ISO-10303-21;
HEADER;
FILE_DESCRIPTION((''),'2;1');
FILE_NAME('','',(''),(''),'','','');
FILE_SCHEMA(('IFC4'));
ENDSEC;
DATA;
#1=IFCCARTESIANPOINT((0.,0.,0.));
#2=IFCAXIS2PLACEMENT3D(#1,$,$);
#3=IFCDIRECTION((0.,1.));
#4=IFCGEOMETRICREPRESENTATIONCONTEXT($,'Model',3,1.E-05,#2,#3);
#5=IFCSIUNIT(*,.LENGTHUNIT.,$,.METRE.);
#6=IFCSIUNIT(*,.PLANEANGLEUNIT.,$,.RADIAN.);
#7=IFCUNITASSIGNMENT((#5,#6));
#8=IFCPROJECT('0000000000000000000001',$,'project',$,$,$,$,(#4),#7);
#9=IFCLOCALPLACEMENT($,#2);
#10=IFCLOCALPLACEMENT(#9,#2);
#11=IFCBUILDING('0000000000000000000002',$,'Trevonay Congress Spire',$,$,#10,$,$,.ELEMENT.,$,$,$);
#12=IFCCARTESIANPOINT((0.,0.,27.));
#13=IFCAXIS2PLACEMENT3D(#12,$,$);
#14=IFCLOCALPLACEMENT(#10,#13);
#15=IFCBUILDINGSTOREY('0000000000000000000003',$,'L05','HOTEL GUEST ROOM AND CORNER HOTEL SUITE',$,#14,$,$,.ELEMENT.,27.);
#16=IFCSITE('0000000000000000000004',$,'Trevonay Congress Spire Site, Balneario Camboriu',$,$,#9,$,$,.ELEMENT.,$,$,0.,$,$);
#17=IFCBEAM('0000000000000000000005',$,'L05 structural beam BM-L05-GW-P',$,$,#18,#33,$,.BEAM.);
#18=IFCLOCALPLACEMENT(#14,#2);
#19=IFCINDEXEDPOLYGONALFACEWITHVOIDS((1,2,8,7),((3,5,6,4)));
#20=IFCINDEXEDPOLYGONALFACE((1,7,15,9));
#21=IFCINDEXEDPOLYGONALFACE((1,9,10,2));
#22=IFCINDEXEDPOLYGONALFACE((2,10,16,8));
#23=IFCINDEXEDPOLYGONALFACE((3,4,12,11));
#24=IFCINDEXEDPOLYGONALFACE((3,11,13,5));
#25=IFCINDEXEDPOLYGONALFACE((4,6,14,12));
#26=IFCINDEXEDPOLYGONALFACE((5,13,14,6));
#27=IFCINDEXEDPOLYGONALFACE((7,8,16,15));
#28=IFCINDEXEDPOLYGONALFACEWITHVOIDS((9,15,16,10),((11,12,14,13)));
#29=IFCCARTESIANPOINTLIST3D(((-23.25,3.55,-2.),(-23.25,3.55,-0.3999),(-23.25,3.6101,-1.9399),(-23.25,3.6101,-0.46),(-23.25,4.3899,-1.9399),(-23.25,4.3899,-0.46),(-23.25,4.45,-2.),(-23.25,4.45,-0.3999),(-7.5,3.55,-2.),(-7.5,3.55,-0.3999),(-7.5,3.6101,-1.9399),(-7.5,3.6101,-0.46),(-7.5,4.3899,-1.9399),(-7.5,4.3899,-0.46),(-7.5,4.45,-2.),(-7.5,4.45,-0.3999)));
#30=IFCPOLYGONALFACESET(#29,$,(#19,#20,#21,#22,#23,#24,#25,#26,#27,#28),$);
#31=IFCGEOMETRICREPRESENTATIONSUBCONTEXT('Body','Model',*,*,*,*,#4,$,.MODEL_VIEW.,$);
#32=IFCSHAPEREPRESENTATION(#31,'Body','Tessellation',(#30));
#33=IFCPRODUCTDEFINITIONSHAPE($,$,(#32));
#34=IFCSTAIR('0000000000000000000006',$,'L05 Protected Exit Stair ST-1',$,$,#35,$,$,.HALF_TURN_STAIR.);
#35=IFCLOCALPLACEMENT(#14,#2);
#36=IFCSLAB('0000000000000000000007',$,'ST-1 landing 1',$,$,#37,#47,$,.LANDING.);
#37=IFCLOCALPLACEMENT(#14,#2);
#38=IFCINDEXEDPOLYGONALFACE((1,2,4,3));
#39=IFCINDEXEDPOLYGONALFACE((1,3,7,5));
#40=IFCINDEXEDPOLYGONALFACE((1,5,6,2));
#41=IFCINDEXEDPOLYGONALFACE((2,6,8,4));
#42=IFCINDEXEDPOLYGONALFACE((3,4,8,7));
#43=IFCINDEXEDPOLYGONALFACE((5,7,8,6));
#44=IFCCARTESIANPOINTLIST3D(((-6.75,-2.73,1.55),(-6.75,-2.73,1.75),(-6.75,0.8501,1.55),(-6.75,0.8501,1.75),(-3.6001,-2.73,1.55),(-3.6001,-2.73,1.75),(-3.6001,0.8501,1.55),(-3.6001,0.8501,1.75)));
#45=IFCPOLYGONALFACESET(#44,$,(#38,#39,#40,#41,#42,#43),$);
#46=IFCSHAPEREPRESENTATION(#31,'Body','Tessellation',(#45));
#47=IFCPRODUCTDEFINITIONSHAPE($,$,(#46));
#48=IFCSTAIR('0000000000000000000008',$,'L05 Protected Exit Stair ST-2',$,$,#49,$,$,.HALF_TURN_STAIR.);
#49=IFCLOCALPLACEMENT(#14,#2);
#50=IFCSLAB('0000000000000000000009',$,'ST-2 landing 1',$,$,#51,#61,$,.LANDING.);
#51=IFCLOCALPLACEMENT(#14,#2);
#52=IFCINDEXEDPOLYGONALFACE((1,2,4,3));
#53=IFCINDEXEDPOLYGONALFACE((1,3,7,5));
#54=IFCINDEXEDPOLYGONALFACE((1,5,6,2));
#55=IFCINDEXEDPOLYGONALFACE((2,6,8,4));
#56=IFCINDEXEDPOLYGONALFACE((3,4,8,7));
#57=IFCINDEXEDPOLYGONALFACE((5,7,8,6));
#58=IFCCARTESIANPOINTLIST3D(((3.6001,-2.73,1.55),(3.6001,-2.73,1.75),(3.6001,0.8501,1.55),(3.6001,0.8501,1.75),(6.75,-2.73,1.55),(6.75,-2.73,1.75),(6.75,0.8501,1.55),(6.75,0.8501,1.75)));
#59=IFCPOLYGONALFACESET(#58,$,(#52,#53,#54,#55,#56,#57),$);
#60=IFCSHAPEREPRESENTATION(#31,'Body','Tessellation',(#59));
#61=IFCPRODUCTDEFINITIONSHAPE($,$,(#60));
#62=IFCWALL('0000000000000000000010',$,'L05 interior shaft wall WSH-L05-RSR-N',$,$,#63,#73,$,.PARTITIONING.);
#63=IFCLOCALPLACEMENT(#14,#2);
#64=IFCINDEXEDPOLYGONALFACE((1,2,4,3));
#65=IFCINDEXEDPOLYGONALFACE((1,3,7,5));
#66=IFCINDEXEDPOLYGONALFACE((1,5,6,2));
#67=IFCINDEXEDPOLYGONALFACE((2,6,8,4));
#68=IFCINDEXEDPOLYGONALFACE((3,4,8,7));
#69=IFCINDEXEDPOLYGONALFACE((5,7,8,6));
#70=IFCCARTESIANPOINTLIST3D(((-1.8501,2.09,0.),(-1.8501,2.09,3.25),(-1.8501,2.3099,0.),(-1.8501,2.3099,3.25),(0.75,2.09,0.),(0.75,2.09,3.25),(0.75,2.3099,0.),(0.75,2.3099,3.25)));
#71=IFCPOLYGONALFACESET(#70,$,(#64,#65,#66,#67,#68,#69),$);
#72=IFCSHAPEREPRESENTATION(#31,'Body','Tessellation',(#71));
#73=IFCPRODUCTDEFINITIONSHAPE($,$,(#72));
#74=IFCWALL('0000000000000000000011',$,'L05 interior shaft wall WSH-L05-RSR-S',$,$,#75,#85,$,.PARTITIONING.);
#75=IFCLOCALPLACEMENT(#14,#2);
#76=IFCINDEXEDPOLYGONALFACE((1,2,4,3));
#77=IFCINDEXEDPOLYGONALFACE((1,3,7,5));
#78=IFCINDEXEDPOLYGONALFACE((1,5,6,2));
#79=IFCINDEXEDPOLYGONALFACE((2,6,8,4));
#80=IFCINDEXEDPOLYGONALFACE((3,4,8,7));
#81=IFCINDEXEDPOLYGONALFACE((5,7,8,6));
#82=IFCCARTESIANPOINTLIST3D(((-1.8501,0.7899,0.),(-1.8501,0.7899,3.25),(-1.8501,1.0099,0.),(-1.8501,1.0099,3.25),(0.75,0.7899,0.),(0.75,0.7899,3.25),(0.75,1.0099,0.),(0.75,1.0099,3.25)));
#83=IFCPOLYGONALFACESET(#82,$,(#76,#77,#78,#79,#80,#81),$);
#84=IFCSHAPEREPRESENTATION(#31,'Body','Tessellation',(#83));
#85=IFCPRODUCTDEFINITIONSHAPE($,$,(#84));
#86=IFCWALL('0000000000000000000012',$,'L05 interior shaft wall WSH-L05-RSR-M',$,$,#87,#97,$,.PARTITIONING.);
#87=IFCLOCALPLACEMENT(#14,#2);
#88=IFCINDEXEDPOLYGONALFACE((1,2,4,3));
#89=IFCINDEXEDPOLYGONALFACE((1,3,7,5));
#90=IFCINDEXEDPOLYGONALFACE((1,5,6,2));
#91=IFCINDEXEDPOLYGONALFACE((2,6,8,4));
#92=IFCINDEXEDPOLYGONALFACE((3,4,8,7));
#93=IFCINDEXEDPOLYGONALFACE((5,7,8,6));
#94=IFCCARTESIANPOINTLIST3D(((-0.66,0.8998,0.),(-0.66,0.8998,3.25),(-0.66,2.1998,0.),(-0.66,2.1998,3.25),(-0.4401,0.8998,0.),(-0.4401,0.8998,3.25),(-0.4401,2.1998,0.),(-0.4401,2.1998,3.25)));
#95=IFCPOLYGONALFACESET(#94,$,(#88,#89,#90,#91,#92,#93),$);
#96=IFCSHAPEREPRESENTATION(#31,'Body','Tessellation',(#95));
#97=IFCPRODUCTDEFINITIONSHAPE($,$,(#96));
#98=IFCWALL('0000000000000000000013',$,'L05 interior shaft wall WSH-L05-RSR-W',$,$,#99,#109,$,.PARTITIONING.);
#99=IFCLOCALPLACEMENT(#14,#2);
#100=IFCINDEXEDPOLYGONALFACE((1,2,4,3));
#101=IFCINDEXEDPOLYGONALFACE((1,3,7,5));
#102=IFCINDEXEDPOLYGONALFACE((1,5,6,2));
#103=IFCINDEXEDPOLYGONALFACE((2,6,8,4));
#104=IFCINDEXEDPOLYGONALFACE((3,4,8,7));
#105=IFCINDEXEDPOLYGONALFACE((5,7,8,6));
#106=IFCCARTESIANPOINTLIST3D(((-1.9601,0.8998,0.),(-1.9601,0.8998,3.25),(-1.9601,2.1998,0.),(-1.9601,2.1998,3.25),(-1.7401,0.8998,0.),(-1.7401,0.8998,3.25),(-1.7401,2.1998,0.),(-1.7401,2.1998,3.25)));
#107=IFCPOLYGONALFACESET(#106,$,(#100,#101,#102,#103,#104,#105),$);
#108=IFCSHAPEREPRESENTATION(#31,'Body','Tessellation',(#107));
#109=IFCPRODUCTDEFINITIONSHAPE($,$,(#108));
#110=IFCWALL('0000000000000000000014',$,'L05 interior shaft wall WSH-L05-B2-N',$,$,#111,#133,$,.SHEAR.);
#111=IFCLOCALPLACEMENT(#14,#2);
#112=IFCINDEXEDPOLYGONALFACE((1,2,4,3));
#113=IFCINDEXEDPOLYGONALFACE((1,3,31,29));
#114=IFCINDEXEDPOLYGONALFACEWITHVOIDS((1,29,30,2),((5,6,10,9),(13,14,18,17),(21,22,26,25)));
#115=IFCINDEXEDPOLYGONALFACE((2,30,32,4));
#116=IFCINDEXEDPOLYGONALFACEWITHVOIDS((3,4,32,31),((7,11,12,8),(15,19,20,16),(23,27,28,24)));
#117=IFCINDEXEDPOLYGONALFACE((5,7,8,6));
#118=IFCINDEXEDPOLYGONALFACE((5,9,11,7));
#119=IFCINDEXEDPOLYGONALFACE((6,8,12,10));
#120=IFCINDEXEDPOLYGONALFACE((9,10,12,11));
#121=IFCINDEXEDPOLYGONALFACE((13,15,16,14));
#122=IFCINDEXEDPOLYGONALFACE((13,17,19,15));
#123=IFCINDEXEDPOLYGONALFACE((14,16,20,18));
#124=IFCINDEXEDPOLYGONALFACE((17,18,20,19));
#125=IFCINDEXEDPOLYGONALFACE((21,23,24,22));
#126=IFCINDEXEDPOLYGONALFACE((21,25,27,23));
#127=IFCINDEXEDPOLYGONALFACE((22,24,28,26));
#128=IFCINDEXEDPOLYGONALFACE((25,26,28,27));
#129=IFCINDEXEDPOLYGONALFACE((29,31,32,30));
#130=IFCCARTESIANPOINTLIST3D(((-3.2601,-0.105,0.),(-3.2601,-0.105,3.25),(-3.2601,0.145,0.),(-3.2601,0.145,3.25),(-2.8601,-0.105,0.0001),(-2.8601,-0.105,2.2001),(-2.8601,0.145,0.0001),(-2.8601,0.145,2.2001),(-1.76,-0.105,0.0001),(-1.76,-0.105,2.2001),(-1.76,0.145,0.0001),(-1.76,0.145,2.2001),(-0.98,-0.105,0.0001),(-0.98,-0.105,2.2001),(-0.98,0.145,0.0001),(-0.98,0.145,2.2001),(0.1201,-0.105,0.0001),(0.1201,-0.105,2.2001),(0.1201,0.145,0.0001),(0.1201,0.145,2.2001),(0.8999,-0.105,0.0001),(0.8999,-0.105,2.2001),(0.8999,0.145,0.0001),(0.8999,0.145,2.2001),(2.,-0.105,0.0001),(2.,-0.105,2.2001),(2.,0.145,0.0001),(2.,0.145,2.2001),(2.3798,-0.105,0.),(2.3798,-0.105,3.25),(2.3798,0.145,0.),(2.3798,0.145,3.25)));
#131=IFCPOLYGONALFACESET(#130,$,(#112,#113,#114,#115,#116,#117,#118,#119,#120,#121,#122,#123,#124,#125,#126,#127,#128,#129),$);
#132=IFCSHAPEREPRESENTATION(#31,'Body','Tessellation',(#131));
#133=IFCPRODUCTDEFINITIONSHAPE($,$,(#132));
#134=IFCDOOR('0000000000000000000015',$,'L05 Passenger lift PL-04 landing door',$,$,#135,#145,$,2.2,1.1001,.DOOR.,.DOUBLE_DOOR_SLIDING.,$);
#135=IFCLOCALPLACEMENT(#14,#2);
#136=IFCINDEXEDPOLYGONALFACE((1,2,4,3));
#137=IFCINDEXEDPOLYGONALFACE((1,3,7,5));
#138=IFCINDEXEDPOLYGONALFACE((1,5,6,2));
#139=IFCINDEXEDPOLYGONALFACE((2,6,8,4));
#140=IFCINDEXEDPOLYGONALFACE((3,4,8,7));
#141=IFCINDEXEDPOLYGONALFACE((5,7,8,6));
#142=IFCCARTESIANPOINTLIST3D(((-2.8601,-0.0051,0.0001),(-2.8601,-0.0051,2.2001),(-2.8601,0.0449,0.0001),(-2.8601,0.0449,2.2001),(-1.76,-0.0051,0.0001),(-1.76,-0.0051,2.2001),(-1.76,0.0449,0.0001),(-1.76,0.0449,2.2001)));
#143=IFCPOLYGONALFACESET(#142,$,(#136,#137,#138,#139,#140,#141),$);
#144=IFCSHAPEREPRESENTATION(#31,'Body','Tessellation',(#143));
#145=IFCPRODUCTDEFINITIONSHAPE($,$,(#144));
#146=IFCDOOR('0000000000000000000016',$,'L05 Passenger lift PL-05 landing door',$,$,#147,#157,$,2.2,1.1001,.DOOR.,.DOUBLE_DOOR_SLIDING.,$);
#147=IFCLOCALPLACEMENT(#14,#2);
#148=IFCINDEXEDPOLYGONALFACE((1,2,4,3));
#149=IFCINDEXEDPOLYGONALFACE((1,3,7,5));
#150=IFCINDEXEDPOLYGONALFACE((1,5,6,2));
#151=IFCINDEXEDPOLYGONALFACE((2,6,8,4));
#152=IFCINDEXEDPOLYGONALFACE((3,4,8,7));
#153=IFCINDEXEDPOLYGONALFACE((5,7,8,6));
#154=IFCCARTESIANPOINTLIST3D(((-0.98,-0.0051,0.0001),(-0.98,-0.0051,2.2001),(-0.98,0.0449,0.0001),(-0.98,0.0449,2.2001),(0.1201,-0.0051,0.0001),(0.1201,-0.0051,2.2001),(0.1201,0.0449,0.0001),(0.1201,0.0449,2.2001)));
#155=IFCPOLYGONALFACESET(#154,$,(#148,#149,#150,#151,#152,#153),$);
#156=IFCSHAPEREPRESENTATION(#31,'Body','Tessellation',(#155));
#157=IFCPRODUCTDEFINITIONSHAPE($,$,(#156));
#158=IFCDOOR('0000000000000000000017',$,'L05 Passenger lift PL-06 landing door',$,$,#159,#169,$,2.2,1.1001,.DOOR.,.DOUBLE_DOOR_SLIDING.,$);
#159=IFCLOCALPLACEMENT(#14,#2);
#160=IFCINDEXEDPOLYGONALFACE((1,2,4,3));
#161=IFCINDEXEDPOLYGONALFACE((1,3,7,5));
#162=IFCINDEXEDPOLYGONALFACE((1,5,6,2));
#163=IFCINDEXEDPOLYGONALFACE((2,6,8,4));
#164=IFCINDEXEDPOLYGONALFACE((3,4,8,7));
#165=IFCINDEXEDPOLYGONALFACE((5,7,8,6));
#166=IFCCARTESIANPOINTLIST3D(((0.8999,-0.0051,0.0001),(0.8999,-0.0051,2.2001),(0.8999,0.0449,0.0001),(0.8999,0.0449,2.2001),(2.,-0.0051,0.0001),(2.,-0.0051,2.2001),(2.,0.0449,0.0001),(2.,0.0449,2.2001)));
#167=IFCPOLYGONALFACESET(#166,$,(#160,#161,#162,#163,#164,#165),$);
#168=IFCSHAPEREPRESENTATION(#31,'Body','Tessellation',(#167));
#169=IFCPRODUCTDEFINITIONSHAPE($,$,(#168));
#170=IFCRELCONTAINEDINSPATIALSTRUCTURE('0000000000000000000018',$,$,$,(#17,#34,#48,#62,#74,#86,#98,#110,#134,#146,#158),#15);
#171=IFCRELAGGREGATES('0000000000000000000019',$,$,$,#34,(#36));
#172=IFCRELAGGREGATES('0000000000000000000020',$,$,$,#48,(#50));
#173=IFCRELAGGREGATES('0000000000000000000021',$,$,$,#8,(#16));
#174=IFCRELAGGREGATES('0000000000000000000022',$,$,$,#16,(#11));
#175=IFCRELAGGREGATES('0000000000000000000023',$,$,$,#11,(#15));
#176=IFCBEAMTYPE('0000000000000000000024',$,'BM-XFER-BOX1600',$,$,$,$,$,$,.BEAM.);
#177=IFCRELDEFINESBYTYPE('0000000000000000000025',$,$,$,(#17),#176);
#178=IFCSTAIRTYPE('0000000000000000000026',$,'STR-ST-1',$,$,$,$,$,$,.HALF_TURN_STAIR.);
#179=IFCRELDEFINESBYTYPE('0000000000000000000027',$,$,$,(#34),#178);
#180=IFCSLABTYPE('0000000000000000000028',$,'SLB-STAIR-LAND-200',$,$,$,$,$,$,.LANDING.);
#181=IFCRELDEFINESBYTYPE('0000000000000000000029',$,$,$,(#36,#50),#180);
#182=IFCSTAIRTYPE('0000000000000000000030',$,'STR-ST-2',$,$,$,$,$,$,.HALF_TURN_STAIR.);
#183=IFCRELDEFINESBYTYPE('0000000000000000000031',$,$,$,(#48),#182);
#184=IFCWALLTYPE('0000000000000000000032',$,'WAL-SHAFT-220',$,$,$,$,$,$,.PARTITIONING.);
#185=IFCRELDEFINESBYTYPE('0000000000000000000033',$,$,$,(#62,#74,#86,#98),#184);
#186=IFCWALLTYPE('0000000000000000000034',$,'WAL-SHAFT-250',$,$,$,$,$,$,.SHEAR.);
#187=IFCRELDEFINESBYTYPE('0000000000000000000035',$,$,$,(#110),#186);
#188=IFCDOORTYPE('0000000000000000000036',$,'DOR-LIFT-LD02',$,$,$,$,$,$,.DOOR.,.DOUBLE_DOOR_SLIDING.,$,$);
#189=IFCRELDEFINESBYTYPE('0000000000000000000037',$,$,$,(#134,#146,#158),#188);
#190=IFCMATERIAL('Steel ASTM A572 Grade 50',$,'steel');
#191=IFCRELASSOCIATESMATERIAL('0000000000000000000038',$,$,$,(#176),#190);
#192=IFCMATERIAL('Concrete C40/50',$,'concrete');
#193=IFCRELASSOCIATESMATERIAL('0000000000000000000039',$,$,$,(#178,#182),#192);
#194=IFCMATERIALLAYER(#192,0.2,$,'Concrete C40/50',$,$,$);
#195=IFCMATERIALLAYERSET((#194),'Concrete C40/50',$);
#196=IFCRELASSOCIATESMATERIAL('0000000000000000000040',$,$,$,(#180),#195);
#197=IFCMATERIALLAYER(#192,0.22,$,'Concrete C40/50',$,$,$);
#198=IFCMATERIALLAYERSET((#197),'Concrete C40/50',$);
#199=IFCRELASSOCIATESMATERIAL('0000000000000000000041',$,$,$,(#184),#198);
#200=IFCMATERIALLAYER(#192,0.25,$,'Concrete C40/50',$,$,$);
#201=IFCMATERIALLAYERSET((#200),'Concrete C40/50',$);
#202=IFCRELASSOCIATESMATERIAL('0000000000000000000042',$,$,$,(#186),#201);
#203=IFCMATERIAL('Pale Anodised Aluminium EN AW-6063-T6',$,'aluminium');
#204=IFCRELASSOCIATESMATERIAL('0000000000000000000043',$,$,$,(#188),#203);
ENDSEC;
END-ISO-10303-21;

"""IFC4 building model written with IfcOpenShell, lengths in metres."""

from ifc_helpers import new_model, si_unit, direction, frame, frame_2d, origin, origin_2d, place, context, subcontext, project, spatial, polyline, rectangle, hollow_rectangle, outline, extrude, material, layer, layer_set, material_profile, profile_set, type_object, element, fill, aggregate, save


model = new_model("IFC4")

# Units and contexts
model_context = context("Model", 3, precision=1e-05, world=origin(), true_north=direction((0.0, 1.0)))
body_context = subcontext(model_context, "Body", "Model", "MODEL_VIEW")
ifc_project = project(units=[si_unit("LENGTHUNIT", "METRE"), si_unit("PLANEANGLEUNIT", "RADIAN")], contexts=[model_context])

# Site, building, storey
site_placement = place(None, origin())
site = spatial("IfcSite", under=ifc_project, at=site_placement, Name="Trevonay Congress Spire Site, Balneario Camboriu", CompositionType="ELEMENT", RefElevation=0.0)
building_placement = place(site_placement, origin())
building = spatial("IfcBuilding", under=site, at=building_placement, Name="Trevonay Congress Spire", CompositionType="ELEMENT")
storey_placement = place(building_placement, frame((0.0, 0.0, 27.0)))
storey = spatial("IfcBuildingStorey", under=building, at=storey_placement, Name="L05", Description="HOTEL GUEST ROOM AND CORNER HOTEL SUITE", CompositionType="ELEMENT", Elevation=27.0)

# Beam
ifc_material_1 = material(Name="Steel ASTM A572 Grade 50", Category="steel")
ifc_material_profile = material_profile(ifc_material_1, hollow_rectangle(XDim=0.8999, YDim=1.6001, WallThickness=0.0601, at=origin_2d()), Name="BOX 1600x900x60")
ifc_profile_set = profile_set([ifc_material_profile], Name="Steel ASTM A572 Grade 50")
beam_type = type_object("IfcBeamType", Name="BM-XFER-BOX1600", PredefinedType="BEAM", material=ifc_profile_set)
beam_placement = place(storey_placement, frame((-7.5, 4.0, -1.2), z_axis=(-1.0, 0.0, 0.0), x_axis=(0.0, -1.0, 0.0)))
element("IfcBeam", 1, at=beam_placement, inside=storey, type_object=beam_type, Name="L05 structural beam BM-L05-GW-P", PredefinedType="BEAM", context=body_context, shape_type="SweptSolid", body=[
    extrude(hollow_rectangle(XDim=0.8999, YDim=1.6001, WallThickness=0.0601, at=origin_2d()), origin(), (0.0, 0.0, 1.0), 15.75),
])

# Stairs, slabs
ifc_material_2 = material(Name="Concrete C40/50", Category="concrete")
stair_type_1 = type_object("IfcStairType", Name="STR-ST-1", PredefinedType="HALF_TURN_STAIR", material=ifc_material_2)
stair_1_placement = place(storey_placement, origin())
stair_1 = element("IfcStair", 2, at=stair_1_placement, inside=storey, type_object=stair_type_1, Name="L05 Protected Exit Stair ST-1", PredefinedType="HALF_TURN_STAIR")
ifc_layer_1 = layer(ifc_material_2, 0.2, Name="Concrete C40/50")
ifc_layer_set_1 = layer_set([ifc_layer_1], Name="Concrete C40/50")
slab_type = type_object("IfcSlabType", Name="SLB-STAIR-LAND-200", PredefinedType="LANDING", material=ifc_layer_set_1)
slab_1_placement = place(storey_placement, frame((0.0, 0.0, 1.55)))
slab_1 = element("IfcSlab", 3, at=slab_1_placement, type_object=slab_type, Name="ST-1 landing 1", PredefinedType="LANDING", context=body_context, shape_type="SweptSolid", body=[
    extrude(outline(polyline([(-3.6001, -2.73), (-3.6001, 0.8501), (-6.75, 0.8501), (-6.75, -2.73), (-3.6001, -2.73)])), origin(), (0.0, 0.0, 1.0), 0.2),
])
aggregate(stair_1, [slab_1])
stair_type_2 = type_object("IfcStairType", Name="STR-ST-2", PredefinedType="HALF_TURN_STAIR", material=ifc_material_2)
stair_2_placement = place(storey_placement, origin())
stair_2 = element("IfcStair", 4, at=stair_2_placement, inside=storey, type_object=stair_type_2, Name="L05 Protected Exit Stair ST-2", PredefinedType="HALF_TURN_STAIR")
slab_2_placement = place(storey_placement, frame((0.0, 0.0, 1.55)))
slab_2 = element("IfcSlab", 5, at=slab_2_placement, type_object=slab_type, Name="ST-2 landing 1", PredefinedType="LANDING", context=body_context, shape_type="SweptSolid", body=[
    extrude(outline(polyline([(6.75, -2.73), (6.75, 0.8501), (3.6001, 0.8501), (3.6001, -2.73), (6.75, -2.73)])), origin(), (0.0, 0.0, 1.0), 0.2),
])
aggregate(stair_2, [slab_2])

# Walls
ifc_layer_2 = layer(ifc_material_2, 0.22, Name="Concrete C40/50")
ifc_layer_set_2 = layer_set([ifc_layer_2], Name="Concrete C40/50")
wall_type_1 = type_object("IfcWallType", Name="WAL-SHAFT-220", PredefinedType="PARTITIONING", material=ifc_layer_set_2)
for number, where, z_axis, x_axis, name in (
    (6, (-1.8501, 2.2, 0.0), (0.0, 0.0, 1.0), (1.0, 0.0, 0.0), "L05 interior shaft wall WSH-L05-RSR-N"),
    (7, (-1.8501, 0.8999, 0.0), (0.0, 0.0, 1.0), (1.0, 0.0, 0.0), "L05 interior shaft wall WSH-L05-RSR-S"),
):
    element("IfcWall", number, at=place(storey_placement, frame(where, z_axis=z_axis, x_axis=x_axis)), inside=storey, type_object=wall_type_1, Name=name, PredefinedType="PARTITIONING", context=body_context, shape_type="SweptSolid", body=[
        extrude(rectangle(XDim=2.6001, YDim=0.22, at=frame_2d((1.3, 0.0))), origin(), (0.0, 0.0, 1.0), 3.25),
    ])
for number, where, z_axis, x_axis, name in (
    (8, (-0.55, 0.8999, 0.0), (0.0, 0.0, 1.0), (0.0, 1.0, 0.0), "L05 interior shaft wall WSH-L05-RSR-M"),
    (9, (-1.8501, 0.8999, 0.0), (0.0, 0.0, 1.0), (0.0, 1.0, 0.0), "L05 interior shaft wall WSH-L05-RSR-W"),
):
    element("IfcWall", number, at=place(storey_placement, frame(where, z_axis=z_axis, x_axis=x_axis)), inside=storey, type_object=wall_type_1, Name=name, PredefinedType="PARTITIONING", context=body_context, shape_type="SweptSolid", body=[
        extrude(rectangle(XDim=1.3, YDim=0.22, at=frame_2d((0.6499, 0.0))), origin(), (0.0, 0.0, 1.0), 3.25),
    ])

# Wall, openings, doors
ifc_layer_3 = layer(ifc_material_2, 0.25, Name="Concrete C40/50")
ifc_layer_set_3 = layer_set([ifc_layer_3], Name="Concrete C40/50")
wall_type_2 = type_object("IfcWallType", Name="WAL-SHAFT-250", PredefinedType="SHEAR", material=ifc_layer_set_3)
wall_1_placement = place(storey_placement, frame((-3.26, 0.02, 0.0), z_axis=(0.0, 0.0, 1.0), x_axis=(1.0, 0.0, 0.0)))
wall_1 = element("IfcWall", 10, at=wall_1_placement, inside=storey, type_object=wall_type_2, Name="L05 interior shaft wall WSH-L05-B2-N", PredefinedType="SHEAR", context=body_context, shape_type="SweptSolid", body=[
    extrude(rectangle(XDim=5.6399, YDim=0.25, at=frame_2d((2.8198, 0.0))), origin(), (0.0, 0.0, 1.0), 3.25),
])
opening_1_placement = place(wall_1_placement, frame((0.3999, 0.0, 0.0)))
opening_1 = element("IfcOpeningElement", 11, at=opening_1_placement, cuts=wall_1, PredefinedType="OPENING", context=body_context, shape_type="SweptSolid", body=[
    extrude(rectangle(XDim=1.1001, YDim=2.2, at=frame_2d((0.55, 1.1001))), frame((0.0, 0.135, 0.0), z_axis=(0.0, -1.0, 0.0), x_axis=(1.0, 0.0, 0.0)), (0.0, 0.0, 1.0), 0.27),
])
opening_2_placement = place(wall_1_placement, frame((2.28, 0.0, 0.0)))
opening_2 = element("IfcOpeningElement", 12, at=opening_2_placement, cuts=wall_1, PredefinedType="OPENING", context=body_context, shape_type="SweptSolid", body=[
    extrude(rectangle(XDim=1.1001, YDim=2.2, at=frame_2d((0.55, 1.1001))), frame((0.0, 0.135, 0.0), z_axis=(0.0, -1.0, 0.0), x_axis=(1.0, 0.0, 0.0)), (0.0, 0.0, 1.0), 0.27),
])
opening_3_placement = place(wall_1_placement, frame((4.1599, 0.0, 0.0)))
opening_3 = element("IfcOpeningElement", 13, at=opening_3_placement, cuts=wall_1, PredefinedType="OPENING", context=body_context, shape_type="SweptSolid", body=[
    extrude(rectangle(XDim=1.1001, YDim=2.2, at=frame_2d((0.55, 1.1001))), frame((0.0, 0.135, 0.0), z_axis=(0.0, -1.0, 0.0), x_axis=(1.0, 0.0, 0.0)), (0.0, 0.0, 1.0), 0.27),
])
ifc_material_3 = material(Name="Pale Anodised Aluminium EN AW-6063-T6", Category="aluminium")
door_type_1 = type_object("IfcDoorType", Name="DOR-LIFT-LD02", OperationType="DOUBLE_DOOR_SLIDING", PredefinedType="DOOR", material=ifc_material_3)
door_1_placement = place(opening_1_placement, origin())
door_1 = element("IfcDoor", 14, at=door_1_placement, inside=storey, type_object=door_type_1, Name="L05 Passenger lift PL-04 landing door", OperationType="DOUBLE_DOOR_SLIDING", OverallHeight=2.2, OverallWidth=1.1001, PredefinedType="DOOR", context=body_context, shape_type="SweptSolid", body=[
    extrude(rectangle(XDim=1.1001, YDim=2.2, at=frame_2d((0.55, 1.1001))), frame((0.0, 0.0249, 0.0), z_axis=(0.0, -1.0, 0.0), x_axis=(1.0, 0.0, 0.0)), (0.0, 0.0, 1.0), 0.05),
])
fill(opening_1, door_1)
door_2_placement = place(opening_2_placement, origin())
door_2 = element("IfcDoor", 15, at=door_2_placement, inside=storey, type_object=door_type_1, Name="L05 Passenger lift PL-05 landing door", OperationType="DOUBLE_DOOR_SLIDING", OverallHeight=2.2, OverallWidth=1.1001, PredefinedType="DOOR", context=body_context, shape_type="SweptSolid", body=[
    extrude(rectangle(XDim=1.1001, YDim=2.2, at=frame_2d((0.55, 1.1001))), frame((0.0, 0.0249, 0.0), z_axis=(0.0, -1.0, 0.0), x_axis=(1.0, 0.0, 0.0)), (0.0, 0.0, 1.0), 0.05),
])
fill(opening_2, door_2)
door_3_placement = place(opening_3_placement, origin())
door_3 = element("IfcDoor", 16, at=door_3_placement, inside=storey, type_object=door_type_1, Name="L05 Passenger lift PL-06 landing door", OperationType="DOUBLE_DOOR_SLIDING", OverallHeight=2.2, OverallWidth=1.1001, PredefinedType="DOOR", context=body_context, shape_type="SweptSolid", body=[
    extrude(rectangle(XDim=1.1001, YDim=2.2, at=frame_2d((0.55, 1.1001))), frame((0.0, 0.0249, 0.0), z_axis=(0.0, -1.0, 0.0), x_axis=(1.0, 0.0, 0.0)), (0.0, 0.0, 1.0), 0.05),
])
fill(opening_3, door_3)

save(model, "model.ifc")
